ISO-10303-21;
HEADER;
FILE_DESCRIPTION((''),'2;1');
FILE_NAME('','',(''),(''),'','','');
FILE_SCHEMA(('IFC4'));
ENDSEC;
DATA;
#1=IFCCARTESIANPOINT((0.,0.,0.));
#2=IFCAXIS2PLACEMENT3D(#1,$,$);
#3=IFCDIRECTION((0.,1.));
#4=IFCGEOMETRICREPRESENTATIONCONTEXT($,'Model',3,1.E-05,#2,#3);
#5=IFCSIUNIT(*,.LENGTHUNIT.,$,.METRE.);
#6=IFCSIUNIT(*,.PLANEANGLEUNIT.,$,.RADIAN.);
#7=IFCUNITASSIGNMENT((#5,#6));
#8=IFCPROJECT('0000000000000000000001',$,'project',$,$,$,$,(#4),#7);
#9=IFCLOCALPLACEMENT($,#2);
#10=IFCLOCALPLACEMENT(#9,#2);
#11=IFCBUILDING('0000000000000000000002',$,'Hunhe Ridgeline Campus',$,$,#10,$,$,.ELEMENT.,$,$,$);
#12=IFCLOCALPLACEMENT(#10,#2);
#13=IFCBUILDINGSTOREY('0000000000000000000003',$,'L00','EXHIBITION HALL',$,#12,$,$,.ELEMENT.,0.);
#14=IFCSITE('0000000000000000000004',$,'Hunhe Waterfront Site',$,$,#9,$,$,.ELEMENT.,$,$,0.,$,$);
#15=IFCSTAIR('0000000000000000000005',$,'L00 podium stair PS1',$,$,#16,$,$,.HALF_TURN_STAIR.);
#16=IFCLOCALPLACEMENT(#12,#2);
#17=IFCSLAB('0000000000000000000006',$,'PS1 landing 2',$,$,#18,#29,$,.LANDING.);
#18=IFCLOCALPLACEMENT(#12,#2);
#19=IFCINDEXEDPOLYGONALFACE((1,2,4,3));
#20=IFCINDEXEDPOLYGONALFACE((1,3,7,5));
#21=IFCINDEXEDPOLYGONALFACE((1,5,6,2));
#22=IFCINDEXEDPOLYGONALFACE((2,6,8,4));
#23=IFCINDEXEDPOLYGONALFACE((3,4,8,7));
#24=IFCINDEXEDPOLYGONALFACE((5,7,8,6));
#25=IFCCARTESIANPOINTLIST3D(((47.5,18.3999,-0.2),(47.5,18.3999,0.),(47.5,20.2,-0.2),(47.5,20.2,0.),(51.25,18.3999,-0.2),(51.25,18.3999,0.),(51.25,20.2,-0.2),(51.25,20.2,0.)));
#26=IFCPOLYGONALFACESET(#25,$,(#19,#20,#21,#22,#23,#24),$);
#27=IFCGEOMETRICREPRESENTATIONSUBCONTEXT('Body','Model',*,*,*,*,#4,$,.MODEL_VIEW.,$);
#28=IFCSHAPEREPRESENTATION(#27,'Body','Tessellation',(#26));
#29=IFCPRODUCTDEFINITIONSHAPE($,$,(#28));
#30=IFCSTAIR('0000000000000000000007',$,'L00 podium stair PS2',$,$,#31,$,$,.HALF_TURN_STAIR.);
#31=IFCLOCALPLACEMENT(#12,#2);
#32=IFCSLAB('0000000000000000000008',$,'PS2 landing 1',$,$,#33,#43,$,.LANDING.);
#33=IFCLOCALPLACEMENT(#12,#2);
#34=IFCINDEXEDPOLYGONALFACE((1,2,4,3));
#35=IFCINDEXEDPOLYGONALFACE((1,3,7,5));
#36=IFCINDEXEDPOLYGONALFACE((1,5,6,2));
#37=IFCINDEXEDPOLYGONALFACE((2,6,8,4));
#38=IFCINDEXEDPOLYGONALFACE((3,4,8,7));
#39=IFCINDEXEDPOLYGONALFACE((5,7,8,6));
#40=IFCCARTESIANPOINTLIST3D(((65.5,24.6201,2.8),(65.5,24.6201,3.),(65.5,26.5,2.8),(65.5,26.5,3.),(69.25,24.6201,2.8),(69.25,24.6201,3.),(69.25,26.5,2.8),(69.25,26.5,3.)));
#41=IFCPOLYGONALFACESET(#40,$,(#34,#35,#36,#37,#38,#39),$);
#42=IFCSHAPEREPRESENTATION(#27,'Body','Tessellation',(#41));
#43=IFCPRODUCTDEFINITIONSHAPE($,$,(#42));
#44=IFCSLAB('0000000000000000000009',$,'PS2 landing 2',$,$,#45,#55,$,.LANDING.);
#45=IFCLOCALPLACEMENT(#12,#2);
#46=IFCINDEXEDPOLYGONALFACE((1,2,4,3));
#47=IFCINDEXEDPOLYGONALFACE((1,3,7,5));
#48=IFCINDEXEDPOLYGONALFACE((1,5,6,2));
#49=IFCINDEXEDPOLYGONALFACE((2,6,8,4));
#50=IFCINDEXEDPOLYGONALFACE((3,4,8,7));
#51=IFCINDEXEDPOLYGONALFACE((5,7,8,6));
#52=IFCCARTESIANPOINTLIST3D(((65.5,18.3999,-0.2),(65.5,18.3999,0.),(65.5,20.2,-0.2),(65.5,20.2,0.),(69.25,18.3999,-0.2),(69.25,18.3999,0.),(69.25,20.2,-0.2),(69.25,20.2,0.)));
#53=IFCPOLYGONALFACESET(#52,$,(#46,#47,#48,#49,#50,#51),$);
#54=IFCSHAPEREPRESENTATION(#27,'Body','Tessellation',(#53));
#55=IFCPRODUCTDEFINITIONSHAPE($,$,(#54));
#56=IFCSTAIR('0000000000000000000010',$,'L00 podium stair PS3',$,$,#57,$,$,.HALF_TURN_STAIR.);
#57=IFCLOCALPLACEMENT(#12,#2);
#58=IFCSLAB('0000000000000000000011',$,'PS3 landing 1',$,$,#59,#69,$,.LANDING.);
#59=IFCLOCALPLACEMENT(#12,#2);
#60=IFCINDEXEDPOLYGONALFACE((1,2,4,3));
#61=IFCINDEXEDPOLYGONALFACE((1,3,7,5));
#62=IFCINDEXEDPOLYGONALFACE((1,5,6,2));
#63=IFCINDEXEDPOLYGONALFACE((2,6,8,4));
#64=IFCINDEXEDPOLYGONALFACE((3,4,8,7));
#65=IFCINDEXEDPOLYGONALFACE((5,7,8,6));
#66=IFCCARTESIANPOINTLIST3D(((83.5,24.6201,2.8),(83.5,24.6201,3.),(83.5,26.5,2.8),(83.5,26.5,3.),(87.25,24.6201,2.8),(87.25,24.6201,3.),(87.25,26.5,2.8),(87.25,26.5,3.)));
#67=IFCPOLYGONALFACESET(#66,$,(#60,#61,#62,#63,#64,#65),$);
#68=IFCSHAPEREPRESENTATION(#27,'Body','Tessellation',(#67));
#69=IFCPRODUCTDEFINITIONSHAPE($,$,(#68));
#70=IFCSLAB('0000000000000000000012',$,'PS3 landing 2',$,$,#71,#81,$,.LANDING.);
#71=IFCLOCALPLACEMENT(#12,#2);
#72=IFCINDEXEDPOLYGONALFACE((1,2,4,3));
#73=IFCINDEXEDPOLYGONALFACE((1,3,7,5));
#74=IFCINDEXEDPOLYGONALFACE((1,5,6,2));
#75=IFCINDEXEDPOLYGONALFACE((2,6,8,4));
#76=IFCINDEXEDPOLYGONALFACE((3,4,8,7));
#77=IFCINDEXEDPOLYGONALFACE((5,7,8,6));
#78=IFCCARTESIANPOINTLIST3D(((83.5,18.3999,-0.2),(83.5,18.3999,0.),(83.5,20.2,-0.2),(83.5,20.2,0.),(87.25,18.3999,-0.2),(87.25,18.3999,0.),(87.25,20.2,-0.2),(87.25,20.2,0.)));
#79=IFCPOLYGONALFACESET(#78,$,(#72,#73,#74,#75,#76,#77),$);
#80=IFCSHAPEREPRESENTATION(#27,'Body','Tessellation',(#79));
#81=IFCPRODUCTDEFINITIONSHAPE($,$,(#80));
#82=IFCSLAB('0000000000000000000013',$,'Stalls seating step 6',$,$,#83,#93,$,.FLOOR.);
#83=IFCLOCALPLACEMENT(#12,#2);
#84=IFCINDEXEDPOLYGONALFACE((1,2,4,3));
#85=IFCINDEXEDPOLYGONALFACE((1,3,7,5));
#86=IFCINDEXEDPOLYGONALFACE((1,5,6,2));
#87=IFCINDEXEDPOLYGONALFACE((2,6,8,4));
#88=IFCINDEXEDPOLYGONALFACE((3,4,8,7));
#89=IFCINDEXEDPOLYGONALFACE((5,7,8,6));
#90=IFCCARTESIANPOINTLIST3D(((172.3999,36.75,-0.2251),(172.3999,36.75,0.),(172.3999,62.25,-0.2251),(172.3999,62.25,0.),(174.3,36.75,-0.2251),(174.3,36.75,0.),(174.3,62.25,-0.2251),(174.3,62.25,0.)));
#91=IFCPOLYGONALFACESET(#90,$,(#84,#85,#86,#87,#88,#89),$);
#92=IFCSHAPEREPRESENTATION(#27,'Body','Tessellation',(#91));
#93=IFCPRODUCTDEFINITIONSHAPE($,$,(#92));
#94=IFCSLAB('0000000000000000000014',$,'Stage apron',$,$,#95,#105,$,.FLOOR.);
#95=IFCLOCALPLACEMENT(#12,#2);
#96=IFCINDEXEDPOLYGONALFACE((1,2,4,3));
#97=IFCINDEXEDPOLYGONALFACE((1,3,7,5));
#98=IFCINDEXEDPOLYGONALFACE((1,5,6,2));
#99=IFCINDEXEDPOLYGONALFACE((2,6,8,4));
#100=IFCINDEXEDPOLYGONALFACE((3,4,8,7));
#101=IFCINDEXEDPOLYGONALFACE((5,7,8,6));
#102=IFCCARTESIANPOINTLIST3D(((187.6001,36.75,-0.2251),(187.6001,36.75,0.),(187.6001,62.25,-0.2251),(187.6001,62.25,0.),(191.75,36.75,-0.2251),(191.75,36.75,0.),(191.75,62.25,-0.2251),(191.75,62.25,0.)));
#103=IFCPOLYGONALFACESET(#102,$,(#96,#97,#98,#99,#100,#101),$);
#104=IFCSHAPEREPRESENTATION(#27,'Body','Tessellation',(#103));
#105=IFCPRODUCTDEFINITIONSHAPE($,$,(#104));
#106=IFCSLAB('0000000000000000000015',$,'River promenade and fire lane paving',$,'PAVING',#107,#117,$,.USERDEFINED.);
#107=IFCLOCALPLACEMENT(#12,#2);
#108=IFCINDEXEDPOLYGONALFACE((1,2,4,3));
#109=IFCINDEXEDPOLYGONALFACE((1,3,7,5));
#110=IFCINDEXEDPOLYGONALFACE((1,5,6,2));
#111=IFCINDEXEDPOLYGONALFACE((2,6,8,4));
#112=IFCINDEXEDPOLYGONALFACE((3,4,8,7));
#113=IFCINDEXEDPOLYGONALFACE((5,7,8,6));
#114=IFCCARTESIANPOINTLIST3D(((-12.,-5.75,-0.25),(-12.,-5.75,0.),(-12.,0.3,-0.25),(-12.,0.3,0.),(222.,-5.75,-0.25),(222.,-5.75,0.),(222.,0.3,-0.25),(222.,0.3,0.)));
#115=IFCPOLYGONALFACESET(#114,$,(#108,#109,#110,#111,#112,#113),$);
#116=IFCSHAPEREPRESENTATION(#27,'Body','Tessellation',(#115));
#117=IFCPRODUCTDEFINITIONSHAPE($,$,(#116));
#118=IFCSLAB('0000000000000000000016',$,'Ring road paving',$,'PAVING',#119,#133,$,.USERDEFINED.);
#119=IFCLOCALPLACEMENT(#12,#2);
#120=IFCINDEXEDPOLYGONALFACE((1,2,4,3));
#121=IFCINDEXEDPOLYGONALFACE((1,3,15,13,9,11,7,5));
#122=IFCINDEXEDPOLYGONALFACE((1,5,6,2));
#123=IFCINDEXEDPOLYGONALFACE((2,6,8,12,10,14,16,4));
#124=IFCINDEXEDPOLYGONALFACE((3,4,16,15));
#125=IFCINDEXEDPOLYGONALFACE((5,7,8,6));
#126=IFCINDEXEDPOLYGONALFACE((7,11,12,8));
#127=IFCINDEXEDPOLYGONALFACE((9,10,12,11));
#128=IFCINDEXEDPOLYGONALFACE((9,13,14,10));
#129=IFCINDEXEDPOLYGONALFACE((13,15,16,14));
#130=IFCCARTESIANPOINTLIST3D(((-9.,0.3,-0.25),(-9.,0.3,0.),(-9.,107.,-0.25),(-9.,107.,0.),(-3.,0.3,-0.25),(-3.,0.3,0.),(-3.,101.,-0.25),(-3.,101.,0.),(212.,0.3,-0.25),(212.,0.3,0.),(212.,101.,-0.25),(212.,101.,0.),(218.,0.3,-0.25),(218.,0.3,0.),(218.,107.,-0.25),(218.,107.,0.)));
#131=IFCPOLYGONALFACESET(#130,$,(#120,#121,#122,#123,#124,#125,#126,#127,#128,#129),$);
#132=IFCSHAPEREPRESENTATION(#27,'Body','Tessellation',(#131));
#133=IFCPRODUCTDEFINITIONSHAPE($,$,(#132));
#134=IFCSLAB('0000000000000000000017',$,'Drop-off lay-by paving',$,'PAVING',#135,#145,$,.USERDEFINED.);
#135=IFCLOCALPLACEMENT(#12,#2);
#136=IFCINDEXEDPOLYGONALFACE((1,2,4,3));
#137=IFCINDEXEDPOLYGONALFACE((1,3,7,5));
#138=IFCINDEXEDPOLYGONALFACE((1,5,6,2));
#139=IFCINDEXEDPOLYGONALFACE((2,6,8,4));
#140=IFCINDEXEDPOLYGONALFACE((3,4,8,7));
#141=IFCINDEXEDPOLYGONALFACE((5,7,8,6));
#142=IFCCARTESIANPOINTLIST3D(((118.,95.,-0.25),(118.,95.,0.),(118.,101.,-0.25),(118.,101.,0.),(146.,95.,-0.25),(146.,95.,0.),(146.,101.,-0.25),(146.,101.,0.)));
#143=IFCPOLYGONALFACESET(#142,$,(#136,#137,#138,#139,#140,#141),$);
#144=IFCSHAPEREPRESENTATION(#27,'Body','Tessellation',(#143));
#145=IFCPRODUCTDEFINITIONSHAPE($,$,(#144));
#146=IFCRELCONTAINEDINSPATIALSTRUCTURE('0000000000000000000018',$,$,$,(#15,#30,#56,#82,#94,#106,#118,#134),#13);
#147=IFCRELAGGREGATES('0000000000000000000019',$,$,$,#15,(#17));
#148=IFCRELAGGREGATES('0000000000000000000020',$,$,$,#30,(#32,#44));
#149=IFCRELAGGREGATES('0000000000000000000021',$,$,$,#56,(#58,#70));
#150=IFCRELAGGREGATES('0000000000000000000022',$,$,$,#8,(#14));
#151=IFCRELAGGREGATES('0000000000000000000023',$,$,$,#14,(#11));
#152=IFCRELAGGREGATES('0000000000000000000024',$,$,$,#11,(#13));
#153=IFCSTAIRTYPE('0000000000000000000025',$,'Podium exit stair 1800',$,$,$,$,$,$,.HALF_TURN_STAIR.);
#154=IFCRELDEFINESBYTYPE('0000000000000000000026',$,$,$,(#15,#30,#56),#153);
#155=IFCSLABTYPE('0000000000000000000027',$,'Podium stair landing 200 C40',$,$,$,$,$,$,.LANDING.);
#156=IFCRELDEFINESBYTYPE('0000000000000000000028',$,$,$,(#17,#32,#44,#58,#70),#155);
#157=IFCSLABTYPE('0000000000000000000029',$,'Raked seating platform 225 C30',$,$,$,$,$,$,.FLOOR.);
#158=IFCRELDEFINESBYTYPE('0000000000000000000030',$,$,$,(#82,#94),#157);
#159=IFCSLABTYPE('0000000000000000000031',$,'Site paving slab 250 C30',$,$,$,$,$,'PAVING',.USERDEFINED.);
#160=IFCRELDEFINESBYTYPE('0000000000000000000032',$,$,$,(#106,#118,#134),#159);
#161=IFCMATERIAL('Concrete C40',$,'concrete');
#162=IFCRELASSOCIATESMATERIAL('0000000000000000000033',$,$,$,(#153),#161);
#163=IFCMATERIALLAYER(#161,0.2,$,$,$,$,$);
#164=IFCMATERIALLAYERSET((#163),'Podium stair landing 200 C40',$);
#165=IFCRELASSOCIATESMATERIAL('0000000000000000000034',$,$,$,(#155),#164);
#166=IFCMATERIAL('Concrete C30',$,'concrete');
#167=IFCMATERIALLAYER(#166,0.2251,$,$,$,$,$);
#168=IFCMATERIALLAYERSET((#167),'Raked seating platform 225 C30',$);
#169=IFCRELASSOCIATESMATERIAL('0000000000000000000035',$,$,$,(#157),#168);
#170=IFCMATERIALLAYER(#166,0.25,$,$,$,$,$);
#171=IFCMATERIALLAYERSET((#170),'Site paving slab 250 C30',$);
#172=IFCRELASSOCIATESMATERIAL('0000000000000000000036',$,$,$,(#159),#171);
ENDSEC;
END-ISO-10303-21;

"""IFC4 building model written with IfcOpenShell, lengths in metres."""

from ifc_helpers import new_model, si_unit, direction, frame, origin, place, context, subcontext, project, spatial, polyline, outline, extrude, material, layer, layer_set, type_object, element, aggregate, save


model = new_model("IFC4")

# Units and contexts
model_context = context("Model", 3, precision=1e-05, world=origin(), true_north=direction((0.0, 1.0)))
body_context = subcontext(model_context, "Body", "Model", "MODEL_VIEW")
ifc_project = project(units=[si_unit("LENGTHUNIT", "METRE"), si_unit("PLANEANGLEUNIT", "RADIAN")], contexts=[model_context])

# Site, building, storey
site_placement = place(None, origin())
site = spatial("IfcSite", under=ifc_project, at=site_placement, Name="Hunhe Waterfront Site", CompositionType="ELEMENT", RefElevation=0.0)
building_placement = place(site_placement, origin())
building = spatial("IfcBuilding", under=site, at=building_placement, Name="Hunhe Ridgeline Campus", CompositionType="ELEMENT")
storey_placement = place(building_placement, origin())
storey = spatial("IfcBuildingStorey", under=building, at=storey_placement, Name="L00", Description="EXHIBITION HALL", CompositionType="ELEMENT", Elevation=0.0)

# Shared definitions
ifc_material_1 = material(Name="Concrete C40", Category="concrete")

# Stair, slab
stair_type_1 = type_object("IfcStairType", Name="Podium exit stair 1800", PredefinedType="HALF_TURN_STAIR", material=ifc_material_1)
stair_1_placement = place(storey_placement, origin())
stair_1 = element("IfcStair", 1, at=stair_1_placement, inside=storey, type_object=stair_type_1, Name="L00 podium stair PS1", PredefinedType="HALF_TURN_STAIR")
ifc_layer_1 = layer(ifc_material_1, 0.2)
ifc_layer_set_1 = layer_set([ifc_layer_1], Name="Podium stair landing 200 C40")
slab_type_1 = type_object("IfcSlabType", Name="Podium stair landing 200 C40", PredefinedType="LANDING", material=ifc_layer_set_1)
slab_1_placement = place(storey_placement, frame((0.0, 0.0, -0.2)))
slab_1 = element("IfcSlab", 2, at=slab_1_placement, type_object=slab_type_1, Name="PS1 landing 2", PredefinedType="LANDING", context=body_context, shape_type="SweptSolid", body=[
    extrude(outline(polyline([(47.5, 18.3999), (51.25, 18.3999), (51.25, 20.2), (47.5, 20.2), (47.5, 18.3999)])), origin(), (0.0, 0.0, 1.0), 0.2),
])
aggregate(stair_1, [slab_1])

# Stairs, slabs
stair_2_placement = place(storey_placement, origin())
stair_2 = element("IfcStair", 3, at=stair_2_placement, inside=storey, type_object=stair_type_1, Name="L00 podium stair PS2", PredefinedType="HALF_TURN_STAIR")
slab_2_placement = place(storey_placement, frame((0.0, 0.0, 2.8)))
slab_2 = element("IfcSlab", 4, at=slab_2_placement, type_object=slab_type_1, Name="PS2 landing 1", PredefinedType="LANDING", context=body_context, shape_type="SweptSolid", body=[
    extrude(outline(polyline([(69.25, 24.6201), (69.25, 26.5), (65.5, 26.5), (65.5, 24.6201), (69.25, 24.6201)])), origin(), (0.0, 0.0, 1.0), 0.2),
])
slab_3_placement = place(storey_placement, frame((0.0, 0.0, -0.2)))
slab_3 = element("IfcSlab", 5, at=slab_3_placement, type_object=slab_type_1, Name="PS2 landing 2", PredefinedType="LANDING", context=body_context, shape_type="SweptSolid", body=[
    extrude(outline(polyline([(65.5, 18.3999), (69.25, 18.3999), (69.25, 20.2), (65.5, 20.2), (65.5, 18.3999)])), origin(), (0.0, 0.0, 1.0), 0.2),
])
aggregate(stair_2, [slab_2, slab_3])
stair_3_placement = place(storey_placement, origin())
stair_3 = element("IfcStair", 6, at=stair_3_placement, inside=storey, type_object=stair_type_1, Name="L00 podium stair PS3", PredefinedType="HALF_TURN_STAIR")
slab_4_placement = place(storey_placement, frame((0.0, 0.0, 2.8)))
slab_4 = element("IfcSlab", 7, at=slab_4_placement, type_object=slab_type_1, Name="PS3 landing 1", PredefinedType="LANDING", context=body_context, shape_type="SweptSolid", body=[
    extrude(outline(polyline([(87.25, 24.6201), (87.25, 26.5), (83.5, 26.5), (83.5, 24.6201), (87.25, 24.6201)])), origin(), (0.0, 0.0, 1.0), 0.2),
])
slab_5_placement = place(storey_placement, frame((0.0, 0.0, -0.2)))
slab_5 = element("IfcSlab", 8, at=slab_5_placement, type_object=slab_type_1, Name="PS3 landing 2", PredefinedType="LANDING", context=body_context, shape_type="SweptSolid", body=[
    extrude(outline(polyline([(83.5, 18.3999), (87.25, 18.3999), (87.25, 20.2), (83.5, 20.2), (83.5, 18.3999)])), origin(), (0.0, 0.0, 1.0), 0.2),
])
aggregate(stair_3, [slab_4, slab_5])

# Slabs
ifc_material_2 = material(Name="Concrete C30", Category="concrete")
ifc_layer_2 = layer(ifc_material_2, 0.2251)
ifc_layer_set_2 = layer_set([ifc_layer_2], Name="Raked seating platform 225 C30")
slab_type_2 = type_object("IfcSlabType", Name="Raked seating platform 225 C30", PredefinedType="FLOOR", material=ifc_layer_set_2)
slab_6_placement = place(storey_placement, frame((0.0, 0.0, -0.2251)))
element("IfcSlab", 9, at=slab_6_placement, inside=storey, type_object=slab_type_2, Name="Stalls seating step 6", PredefinedType="FLOOR", context=body_context, shape_type="SweptSolid", body=[
    extrude(outline(polyline([(174.3, 36.75), (174.3, 62.25), (172.3999, 62.25), (172.3999, 36.75), (174.3, 36.75)])), origin(), (0.0, 0.0, 1.0), 0.2251),
])
slab_7_placement = place(storey_placement, frame((0.0, 0.0, -0.2251)))
element("IfcSlab", 10, at=slab_7_placement, inside=storey, type_object=slab_type_2, Name="Stage apron", PredefinedType="FLOOR", context=body_context, shape_type="SweptSolid", body=[
    extrude(outline(polyline([(191.75, 36.75), (191.75, 62.25), (187.6001, 62.25), (187.6001, 36.75), (191.75, 36.75)])), origin(), (0.0, 0.0, 1.0), 0.2251),
])
ifc_layer_3 = layer(ifc_material_2, 0.25)
ifc_layer_set_3 = layer_set([ifc_layer_3], Name="Site paving slab 250 C30")
slab_type_3 = type_object("IfcSlabType", Name="Site paving slab 250 C30", ElementType="PAVING", PredefinedType="USERDEFINED", material=ifc_layer_set_3)
slab_8_placement = place(storey_placement, frame((0.0, 0.0, -0.25)))
element("IfcSlab", 11, at=slab_8_placement, inside=storey, type_object=slab_type_3, Name="River promenade and fire lane paving", ObjectType="PAVING", PredefinedType="USERDEFINED", context=body_context, shape_type="SweptSolid", body=[
    extrude(outline(polyline([(222.0, -5.75), (222.0, 0.3), (-12.0, 0.3), (-12.0, -5.75), (222.0, -5.75)])), origin(), (0.0, 0.0, 1.0), 0.25),
])
slab_9_placement = place(storey_placement, frame((0.0, 0.0, -0.25)))
element("IfcSlab", 12, at=slab_9_placement, inside=storey, type_object=slab_type_3, Name="Ring road paving", ObjectType="PAVING", PredefinedType="USERDEFINED", context=body_context, shape_type="SweptSolid", body=[
    extrude(outline(polyline([(-3.0, 0.3), (-3.0, 101.0), (212.0, 101.0), (212.0, 0.3), (218.0, 0.3), (218.0, 107.0), (-9.0, 107.0), (-9.0, 0.3), (-3.0, 0.3)])), origin(), (0.0, 0.0, 1.0), 0.25),
])
slab_10_placement = place(storey_placement, frame((0.0, 0.0, -0.25)))
element("IfcSlab", 13, at=slab_10_placement, inside=storey, type_object=slab_type_3, Name="Drop-off lay-by paving", ObjectType="PAVING", PredefinedType="USERDEFINED", context=body_context, shape_type="SweptSolid", body=[
    extrude(outline(polyline([(146.0, 95.0), (146.0, 101.0), (118.0, 101.0), (118.0, 95.0), (146.0, 95.0)])), origin(), (0.0, 0.0, 1.0), 0.25),
])

save(model, "model.ifc")
